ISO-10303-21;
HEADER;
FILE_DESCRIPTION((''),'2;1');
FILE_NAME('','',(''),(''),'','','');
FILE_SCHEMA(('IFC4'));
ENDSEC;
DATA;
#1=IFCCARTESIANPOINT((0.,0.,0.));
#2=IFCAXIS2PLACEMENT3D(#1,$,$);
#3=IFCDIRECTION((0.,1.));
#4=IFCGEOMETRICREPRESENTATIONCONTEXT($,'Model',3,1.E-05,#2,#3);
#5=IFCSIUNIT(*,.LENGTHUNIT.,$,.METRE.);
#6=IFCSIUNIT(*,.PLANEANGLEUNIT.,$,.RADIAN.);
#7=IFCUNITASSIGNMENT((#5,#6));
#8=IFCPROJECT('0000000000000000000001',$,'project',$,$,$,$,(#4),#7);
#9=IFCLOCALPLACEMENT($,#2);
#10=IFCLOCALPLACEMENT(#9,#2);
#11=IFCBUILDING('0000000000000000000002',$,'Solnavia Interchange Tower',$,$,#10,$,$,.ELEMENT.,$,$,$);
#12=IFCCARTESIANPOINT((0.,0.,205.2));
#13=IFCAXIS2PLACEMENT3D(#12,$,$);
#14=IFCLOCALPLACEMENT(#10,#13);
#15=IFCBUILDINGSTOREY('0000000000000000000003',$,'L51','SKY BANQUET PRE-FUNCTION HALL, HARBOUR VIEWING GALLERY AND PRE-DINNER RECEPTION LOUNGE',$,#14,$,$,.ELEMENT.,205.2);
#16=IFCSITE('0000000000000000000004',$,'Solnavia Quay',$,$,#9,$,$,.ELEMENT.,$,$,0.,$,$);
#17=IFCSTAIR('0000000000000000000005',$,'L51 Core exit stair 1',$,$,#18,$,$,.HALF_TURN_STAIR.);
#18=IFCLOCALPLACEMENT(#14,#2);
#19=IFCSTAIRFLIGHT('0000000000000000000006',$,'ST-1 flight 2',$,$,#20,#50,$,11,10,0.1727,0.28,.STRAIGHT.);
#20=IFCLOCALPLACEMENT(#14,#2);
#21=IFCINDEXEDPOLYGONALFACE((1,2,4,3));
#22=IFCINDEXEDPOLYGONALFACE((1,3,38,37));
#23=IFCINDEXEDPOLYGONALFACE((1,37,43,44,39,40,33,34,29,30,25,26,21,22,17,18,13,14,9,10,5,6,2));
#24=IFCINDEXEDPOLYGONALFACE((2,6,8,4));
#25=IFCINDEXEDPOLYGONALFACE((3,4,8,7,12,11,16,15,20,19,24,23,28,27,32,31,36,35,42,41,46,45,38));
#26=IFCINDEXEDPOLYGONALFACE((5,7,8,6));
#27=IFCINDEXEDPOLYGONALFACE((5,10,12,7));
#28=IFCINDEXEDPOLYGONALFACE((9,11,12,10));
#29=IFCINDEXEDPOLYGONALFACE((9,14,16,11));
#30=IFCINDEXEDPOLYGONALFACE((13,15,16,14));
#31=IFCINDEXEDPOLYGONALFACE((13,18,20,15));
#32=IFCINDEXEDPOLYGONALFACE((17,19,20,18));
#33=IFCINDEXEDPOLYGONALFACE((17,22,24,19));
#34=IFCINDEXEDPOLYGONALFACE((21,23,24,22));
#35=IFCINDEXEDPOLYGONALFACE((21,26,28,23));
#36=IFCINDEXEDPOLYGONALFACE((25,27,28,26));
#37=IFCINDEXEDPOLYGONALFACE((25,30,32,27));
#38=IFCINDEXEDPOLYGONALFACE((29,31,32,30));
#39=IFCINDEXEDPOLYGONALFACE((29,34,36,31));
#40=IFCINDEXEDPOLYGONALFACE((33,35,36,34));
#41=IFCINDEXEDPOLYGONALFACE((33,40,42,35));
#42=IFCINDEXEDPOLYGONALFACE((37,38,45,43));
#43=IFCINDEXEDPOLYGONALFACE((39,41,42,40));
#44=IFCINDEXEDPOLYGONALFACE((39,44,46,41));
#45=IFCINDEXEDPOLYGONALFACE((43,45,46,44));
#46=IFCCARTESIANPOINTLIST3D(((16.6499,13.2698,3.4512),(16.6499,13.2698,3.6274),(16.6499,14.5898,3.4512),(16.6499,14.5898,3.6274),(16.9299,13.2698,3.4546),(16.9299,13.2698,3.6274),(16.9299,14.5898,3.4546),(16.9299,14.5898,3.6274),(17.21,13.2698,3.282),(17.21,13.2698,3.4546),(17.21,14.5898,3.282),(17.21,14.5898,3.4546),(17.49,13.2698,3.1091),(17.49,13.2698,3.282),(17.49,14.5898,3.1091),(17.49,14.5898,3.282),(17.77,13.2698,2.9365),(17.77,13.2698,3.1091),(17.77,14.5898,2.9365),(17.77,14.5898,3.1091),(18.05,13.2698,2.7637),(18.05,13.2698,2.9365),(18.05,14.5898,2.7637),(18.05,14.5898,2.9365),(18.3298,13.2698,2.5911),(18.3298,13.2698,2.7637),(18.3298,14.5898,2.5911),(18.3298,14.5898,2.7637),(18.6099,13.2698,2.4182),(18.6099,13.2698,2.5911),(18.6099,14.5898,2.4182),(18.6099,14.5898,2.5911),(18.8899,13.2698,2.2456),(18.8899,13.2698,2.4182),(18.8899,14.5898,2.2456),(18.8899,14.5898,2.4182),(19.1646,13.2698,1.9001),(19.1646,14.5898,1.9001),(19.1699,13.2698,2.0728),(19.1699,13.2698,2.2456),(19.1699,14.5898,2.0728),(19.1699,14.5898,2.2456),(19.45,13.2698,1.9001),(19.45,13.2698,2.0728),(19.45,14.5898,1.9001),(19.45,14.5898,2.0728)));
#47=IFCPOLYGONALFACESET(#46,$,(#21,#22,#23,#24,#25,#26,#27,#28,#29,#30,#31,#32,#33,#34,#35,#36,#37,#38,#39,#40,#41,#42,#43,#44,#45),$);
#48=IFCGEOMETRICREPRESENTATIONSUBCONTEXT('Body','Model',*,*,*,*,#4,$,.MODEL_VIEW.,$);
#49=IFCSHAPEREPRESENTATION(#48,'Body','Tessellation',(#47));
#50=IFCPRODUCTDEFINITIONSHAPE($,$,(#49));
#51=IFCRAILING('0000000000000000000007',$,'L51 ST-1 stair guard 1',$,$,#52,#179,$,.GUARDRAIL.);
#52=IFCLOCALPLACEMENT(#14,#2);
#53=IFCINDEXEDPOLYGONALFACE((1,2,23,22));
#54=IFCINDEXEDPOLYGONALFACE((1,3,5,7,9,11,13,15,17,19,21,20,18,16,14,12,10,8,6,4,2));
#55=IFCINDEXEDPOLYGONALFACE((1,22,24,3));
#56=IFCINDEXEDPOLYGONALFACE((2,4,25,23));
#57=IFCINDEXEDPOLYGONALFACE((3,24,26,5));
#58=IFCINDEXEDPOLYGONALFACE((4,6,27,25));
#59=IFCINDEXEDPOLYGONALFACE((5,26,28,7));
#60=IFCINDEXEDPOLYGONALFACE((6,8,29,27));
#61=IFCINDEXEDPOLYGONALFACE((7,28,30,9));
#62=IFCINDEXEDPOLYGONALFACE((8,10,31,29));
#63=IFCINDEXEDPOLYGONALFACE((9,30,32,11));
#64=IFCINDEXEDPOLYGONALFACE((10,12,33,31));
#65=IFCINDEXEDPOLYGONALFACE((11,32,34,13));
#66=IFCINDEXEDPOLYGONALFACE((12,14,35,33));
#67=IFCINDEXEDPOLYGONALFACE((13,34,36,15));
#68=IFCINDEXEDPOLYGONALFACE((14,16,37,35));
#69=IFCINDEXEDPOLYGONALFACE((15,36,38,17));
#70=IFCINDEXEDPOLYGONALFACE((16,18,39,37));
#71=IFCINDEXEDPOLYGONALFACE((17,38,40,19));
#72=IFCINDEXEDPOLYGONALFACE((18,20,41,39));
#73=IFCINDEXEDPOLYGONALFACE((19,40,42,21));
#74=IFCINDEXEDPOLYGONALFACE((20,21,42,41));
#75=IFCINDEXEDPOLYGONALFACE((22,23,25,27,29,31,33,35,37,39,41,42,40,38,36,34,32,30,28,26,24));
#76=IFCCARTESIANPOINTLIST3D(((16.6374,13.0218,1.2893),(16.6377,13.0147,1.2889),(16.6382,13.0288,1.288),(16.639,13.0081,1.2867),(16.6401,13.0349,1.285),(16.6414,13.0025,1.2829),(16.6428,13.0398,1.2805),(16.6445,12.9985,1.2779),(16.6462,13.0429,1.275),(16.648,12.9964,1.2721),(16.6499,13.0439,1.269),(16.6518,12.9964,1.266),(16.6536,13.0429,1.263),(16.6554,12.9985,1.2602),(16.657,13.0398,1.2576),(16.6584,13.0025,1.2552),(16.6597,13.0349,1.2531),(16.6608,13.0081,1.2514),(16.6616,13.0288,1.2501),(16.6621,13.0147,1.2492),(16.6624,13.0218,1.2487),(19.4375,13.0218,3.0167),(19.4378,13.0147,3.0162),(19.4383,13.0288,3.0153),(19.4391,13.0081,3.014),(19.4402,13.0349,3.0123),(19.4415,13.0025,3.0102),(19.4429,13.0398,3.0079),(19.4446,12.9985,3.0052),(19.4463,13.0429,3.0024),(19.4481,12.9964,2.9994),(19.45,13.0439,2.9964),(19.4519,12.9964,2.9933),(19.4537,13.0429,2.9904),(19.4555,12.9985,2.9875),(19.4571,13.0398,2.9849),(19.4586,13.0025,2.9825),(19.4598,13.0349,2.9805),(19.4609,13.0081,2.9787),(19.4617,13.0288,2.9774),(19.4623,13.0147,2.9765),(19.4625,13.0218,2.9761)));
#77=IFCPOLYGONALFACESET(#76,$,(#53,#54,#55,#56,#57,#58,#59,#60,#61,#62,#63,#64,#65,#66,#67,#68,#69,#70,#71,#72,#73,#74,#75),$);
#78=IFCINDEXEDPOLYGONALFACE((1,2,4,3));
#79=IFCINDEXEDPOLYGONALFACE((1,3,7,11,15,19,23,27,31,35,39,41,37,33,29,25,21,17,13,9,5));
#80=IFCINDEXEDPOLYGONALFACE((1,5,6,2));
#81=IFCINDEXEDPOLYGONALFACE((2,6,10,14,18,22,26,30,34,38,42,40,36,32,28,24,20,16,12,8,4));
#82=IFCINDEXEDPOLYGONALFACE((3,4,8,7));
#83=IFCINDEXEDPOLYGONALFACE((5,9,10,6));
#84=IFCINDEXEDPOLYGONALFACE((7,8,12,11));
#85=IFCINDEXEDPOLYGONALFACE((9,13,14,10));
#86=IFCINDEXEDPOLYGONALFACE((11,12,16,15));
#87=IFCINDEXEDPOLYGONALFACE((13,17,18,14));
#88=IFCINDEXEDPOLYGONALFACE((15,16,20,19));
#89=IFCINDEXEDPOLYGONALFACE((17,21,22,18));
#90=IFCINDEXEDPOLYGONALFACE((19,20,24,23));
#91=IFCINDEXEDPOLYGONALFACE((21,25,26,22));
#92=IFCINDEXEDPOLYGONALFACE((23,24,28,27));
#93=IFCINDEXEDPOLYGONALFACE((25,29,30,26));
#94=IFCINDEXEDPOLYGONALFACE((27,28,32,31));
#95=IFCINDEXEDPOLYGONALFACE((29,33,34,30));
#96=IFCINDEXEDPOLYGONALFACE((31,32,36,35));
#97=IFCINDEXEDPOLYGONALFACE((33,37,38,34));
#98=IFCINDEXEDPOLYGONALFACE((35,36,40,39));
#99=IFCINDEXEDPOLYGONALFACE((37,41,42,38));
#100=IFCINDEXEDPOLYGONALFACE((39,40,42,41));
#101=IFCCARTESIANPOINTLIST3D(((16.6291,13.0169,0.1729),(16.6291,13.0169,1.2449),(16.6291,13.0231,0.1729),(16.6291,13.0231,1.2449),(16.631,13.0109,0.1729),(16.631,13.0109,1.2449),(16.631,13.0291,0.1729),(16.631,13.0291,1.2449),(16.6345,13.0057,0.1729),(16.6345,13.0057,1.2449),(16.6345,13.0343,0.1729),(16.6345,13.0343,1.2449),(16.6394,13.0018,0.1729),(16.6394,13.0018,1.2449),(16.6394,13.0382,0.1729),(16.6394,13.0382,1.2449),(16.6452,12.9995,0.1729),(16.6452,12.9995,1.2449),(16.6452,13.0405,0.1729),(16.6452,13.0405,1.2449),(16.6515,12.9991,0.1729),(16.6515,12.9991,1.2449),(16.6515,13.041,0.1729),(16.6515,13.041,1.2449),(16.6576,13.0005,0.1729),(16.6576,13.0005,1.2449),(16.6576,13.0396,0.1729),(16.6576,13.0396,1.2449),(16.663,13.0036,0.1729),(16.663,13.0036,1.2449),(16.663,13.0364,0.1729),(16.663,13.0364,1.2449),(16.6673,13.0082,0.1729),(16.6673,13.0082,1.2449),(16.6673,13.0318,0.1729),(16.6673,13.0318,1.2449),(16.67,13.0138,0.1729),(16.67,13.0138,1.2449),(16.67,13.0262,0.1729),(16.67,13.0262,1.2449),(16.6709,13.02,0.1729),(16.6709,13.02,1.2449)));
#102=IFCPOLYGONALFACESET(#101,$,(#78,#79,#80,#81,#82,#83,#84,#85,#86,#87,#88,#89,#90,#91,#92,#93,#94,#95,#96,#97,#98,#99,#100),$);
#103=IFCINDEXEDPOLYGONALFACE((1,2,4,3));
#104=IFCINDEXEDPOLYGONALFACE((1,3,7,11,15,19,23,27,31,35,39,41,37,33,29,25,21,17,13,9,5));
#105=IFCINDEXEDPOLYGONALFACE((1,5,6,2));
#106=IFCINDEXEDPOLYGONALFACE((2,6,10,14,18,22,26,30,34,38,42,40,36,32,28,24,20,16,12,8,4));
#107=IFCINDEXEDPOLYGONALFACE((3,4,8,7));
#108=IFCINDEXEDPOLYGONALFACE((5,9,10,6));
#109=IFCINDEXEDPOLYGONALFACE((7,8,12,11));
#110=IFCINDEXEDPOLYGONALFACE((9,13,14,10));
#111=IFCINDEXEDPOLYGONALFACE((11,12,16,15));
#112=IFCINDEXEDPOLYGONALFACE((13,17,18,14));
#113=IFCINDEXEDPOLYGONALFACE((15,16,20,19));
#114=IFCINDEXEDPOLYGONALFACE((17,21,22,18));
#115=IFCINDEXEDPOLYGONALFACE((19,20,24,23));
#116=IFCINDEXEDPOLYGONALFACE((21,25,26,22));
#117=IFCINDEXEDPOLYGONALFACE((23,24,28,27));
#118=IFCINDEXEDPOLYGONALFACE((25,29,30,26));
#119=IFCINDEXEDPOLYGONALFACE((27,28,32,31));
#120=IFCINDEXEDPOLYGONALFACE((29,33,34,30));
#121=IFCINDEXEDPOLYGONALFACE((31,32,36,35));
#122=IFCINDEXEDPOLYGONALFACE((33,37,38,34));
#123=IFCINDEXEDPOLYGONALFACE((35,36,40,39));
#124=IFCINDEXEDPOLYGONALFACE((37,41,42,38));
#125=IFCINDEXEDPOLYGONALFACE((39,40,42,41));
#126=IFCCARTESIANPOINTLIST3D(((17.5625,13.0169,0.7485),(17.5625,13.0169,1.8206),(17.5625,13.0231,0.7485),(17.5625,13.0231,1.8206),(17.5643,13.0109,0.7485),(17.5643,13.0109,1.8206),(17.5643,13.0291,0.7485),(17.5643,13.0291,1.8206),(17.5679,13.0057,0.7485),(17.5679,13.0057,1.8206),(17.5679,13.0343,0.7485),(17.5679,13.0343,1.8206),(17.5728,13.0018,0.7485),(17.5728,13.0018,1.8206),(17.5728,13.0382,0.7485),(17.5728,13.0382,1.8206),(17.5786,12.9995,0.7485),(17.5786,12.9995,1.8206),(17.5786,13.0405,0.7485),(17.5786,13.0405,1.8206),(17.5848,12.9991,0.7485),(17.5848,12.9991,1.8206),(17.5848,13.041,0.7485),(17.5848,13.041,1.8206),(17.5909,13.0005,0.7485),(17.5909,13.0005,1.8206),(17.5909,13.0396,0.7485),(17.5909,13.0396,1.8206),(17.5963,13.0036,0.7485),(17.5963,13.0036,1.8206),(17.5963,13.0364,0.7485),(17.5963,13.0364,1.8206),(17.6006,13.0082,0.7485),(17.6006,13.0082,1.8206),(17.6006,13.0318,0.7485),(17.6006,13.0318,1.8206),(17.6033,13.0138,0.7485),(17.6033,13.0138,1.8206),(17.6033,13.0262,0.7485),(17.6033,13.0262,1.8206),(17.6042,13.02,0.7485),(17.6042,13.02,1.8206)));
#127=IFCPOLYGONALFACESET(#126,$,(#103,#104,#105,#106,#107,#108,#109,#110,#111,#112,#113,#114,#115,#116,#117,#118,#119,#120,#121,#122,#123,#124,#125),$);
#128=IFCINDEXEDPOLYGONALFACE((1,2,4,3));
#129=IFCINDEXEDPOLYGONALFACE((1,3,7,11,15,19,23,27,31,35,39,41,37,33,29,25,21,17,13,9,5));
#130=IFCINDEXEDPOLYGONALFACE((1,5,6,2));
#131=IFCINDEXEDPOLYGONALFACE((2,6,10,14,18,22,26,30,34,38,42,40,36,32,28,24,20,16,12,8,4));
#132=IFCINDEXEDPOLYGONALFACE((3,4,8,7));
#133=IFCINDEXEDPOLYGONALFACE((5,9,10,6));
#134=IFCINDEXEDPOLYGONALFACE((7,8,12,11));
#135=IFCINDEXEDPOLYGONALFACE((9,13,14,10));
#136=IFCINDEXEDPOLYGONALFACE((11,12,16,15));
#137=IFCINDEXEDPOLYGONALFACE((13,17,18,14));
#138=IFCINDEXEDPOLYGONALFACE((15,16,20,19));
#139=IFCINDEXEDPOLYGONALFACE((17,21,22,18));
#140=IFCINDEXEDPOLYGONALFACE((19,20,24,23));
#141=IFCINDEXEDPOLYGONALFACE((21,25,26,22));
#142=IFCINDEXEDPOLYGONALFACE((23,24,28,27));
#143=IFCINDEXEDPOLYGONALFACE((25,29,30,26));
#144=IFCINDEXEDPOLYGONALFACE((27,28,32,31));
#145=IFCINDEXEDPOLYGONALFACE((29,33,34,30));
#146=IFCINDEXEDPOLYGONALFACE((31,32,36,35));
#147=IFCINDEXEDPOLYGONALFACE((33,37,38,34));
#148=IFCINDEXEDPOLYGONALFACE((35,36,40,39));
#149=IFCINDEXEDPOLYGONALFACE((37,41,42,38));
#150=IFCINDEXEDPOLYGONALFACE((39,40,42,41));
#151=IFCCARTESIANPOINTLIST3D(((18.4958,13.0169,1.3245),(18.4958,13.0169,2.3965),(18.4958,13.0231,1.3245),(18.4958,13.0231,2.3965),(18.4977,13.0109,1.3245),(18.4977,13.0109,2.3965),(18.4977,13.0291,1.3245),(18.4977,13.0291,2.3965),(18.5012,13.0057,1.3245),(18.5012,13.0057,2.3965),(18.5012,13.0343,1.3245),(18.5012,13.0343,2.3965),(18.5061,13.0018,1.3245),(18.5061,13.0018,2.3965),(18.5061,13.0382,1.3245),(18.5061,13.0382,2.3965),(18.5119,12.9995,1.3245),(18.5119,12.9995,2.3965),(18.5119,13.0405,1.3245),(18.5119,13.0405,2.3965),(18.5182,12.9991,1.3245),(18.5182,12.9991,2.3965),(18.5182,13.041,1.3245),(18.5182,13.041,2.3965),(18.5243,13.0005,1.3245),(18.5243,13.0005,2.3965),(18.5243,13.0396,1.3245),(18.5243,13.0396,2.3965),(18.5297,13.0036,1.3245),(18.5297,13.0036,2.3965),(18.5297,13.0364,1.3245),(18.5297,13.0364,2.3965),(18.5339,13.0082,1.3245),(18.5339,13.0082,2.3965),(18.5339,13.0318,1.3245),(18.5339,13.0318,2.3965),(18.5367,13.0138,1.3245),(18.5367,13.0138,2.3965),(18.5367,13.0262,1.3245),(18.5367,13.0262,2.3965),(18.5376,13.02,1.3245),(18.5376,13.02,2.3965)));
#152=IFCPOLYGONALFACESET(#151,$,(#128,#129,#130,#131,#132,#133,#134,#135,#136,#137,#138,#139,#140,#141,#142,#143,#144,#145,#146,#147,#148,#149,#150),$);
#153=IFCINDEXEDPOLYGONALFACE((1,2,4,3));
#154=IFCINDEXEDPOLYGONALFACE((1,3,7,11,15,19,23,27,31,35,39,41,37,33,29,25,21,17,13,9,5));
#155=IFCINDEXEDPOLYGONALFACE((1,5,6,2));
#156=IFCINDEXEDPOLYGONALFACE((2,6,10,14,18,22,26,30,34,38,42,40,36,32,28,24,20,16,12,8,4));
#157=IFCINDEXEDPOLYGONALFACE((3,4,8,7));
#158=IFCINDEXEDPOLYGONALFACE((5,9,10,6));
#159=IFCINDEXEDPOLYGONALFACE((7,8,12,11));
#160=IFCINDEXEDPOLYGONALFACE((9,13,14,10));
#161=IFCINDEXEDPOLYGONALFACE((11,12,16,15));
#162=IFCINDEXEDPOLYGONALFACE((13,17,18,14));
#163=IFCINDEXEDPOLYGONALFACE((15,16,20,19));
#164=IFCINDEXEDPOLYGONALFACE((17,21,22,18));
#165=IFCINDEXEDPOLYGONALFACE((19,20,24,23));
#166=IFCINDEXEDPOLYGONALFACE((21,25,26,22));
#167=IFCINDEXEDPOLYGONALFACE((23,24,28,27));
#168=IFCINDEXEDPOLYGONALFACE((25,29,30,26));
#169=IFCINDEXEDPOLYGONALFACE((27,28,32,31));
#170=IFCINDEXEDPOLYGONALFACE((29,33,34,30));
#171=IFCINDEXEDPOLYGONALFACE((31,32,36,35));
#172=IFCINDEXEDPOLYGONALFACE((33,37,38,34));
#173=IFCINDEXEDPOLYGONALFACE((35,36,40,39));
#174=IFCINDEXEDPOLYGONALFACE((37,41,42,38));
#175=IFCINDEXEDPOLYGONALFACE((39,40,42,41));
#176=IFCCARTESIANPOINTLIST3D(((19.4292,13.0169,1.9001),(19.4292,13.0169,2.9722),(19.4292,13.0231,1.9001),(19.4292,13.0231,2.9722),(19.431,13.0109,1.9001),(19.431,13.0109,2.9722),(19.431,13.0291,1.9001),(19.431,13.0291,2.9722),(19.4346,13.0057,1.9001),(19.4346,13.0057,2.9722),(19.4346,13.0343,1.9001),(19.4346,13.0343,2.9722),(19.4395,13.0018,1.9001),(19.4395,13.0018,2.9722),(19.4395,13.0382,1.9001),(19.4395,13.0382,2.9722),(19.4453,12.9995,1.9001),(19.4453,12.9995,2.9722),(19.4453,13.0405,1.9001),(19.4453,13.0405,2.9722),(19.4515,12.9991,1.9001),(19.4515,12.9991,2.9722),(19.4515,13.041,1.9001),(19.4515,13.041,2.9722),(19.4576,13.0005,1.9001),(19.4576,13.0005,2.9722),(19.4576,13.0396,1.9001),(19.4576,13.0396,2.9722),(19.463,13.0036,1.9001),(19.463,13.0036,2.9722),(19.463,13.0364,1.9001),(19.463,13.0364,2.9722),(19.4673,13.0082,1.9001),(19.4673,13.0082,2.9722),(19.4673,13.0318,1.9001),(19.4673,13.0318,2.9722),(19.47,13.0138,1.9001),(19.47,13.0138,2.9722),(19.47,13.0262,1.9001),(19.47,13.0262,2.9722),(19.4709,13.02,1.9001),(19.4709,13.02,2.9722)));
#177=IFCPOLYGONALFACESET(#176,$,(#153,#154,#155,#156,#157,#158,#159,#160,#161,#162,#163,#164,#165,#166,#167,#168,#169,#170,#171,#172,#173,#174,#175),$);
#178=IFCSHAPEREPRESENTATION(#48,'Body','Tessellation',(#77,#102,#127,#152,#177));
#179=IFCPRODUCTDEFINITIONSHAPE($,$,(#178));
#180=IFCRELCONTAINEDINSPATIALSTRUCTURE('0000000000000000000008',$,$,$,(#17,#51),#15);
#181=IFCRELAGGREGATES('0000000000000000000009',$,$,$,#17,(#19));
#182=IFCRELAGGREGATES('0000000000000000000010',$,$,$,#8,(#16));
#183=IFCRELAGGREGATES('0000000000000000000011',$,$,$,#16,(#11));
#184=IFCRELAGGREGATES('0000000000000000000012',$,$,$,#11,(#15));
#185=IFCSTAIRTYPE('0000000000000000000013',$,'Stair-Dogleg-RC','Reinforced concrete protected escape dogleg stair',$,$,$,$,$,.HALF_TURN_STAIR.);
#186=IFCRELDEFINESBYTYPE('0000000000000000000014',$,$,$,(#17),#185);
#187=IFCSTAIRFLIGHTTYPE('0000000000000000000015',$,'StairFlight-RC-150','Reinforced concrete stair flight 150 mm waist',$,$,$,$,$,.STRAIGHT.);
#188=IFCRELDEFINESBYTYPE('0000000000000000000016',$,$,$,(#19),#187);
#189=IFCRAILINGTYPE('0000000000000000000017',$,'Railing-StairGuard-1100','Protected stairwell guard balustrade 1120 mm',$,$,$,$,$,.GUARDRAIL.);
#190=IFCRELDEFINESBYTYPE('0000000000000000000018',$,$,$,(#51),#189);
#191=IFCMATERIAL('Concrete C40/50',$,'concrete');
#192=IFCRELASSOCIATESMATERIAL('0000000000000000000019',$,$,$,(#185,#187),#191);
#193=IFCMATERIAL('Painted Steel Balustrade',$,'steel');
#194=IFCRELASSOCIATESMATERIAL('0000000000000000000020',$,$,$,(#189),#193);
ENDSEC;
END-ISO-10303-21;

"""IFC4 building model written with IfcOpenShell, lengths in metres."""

from ifc_helpers import new_model, si_unit, direction, frame, origin, origin_2d, place, context, subcontext, project, spatial, polyline, circle, outline, extrude, material, type_object, element, aggregate, save


model = new_model("IFC4")

# Units and contexts
model_context = context("Model", 3, precision=1e-05, world=origin(), true_north=direction((0.0, 1.0)))
body_context = subcontext(model_context, "Body", "Model", "MODEL_VIEW")
ifc_project = project(units=[si_unit("LENGTHUNIT", "METRE"), si_unit("PLANEANGLEUNIT", "RADIAN")], contexts=[model_context])

# Site, building, storey
site_placement = place(None, origin())
site = spatial("IfcSite", under=ifc_project, at=site_placement, Name="Solnavia Quay", CompositionType="ELEMENT", RefElevation=0.0)
building_placement = place(site_placement, origin())
building = spatial("IfcBuilding", under=site, at=building_placement, Name="Solnavia Interchange Tower", CompositionType="ELEMENT")
storey_placement = place(building_placement, frame((0.0, 0.0, 205.2)))
storey = spatial("IfcBuildingStorey", under=building, at=storey_placement, Name="L51", Description="SKY BANQUET PRE-FUNCTION HALL, HARBOUR VIEWING GALLERY AND PRE-DINNER RECEPTION LOUNGE", CompositionType="ELEMENT", Elevation=205.2)

# Shared definitions
ifc_material_1 = material(Name="Concrete C40/50", Category="concrete")

# Stair, stair flight
stair_type = type_object("IfcStairType", Name="Stair-Dogleg-RC", Description="Reinforced concrete protected escape dogleg stair", PredefinedType="HALF_TURN_STAIR", material=ifc_material_1)
stair_placement = place(storey_placement, origin())
stair = element("IfcStair", 1, at=stair_placement, inside=storey, type_object=stair_type, Name="L51 Core exit stair 1", PredefinedType="HALF_TURN_STAIR")
stair_flight_type = type_object("IfcStairFlightType", Name="StairFlight-RC-150", Description="Reinforced concrete stair flight 150 mm waist", PredefinedType="STRAIGHT", material=ifc_material_1)
stair_flight_1_placement = place(storey_placement, frame((19.45, 13.9299, 1.9001), z_axis=(0.0, 0.0, 1.0), x_axis=(-1.0, 0.0, 0.0)))
stair_flight_1 = element("IfcStairFlight", 2, at=stair_flight_1_placement, type_object=stair_flight_type, Name="ST-1 flight 2", NumberOfRisers=11, NumberOfTreads=10, PredefinedType="STRAIGHT", RiserHeight=0.1727, TreadLength=0.28, context=body_context, shape_type="SweptSolid", body=[
    extrude(outline(polyline([(0.0, 0.0), (0.0, 0.1726), (0.28, 0.1726), (0.28, 0.3455), (0.5601, 0.3455), (0.5601, 0.5181), (0.8401, 0.5181), (0.8401, 0.6909), (1.1201, 0.6909), (1.1201, 0.8635), (1.3999, 0.8635), (1.3999, 1.0364), (1.6799, 1.0364), (1.6799, 1.209), (1.96, 1.209), (1.96, 1.3818), (2.24, 1.3818), (2.24, 1.5544), (2.52, 1.5544), (2.52, 1.7273), (2.8, 1.7273), (2.8, 1.8999), (2.8, 1.551), (0.2854, 0.0), (0.0, 0.0)])), frame((0.0, 0.6602, 0.0), z_axis=(0.0, -1.0, 0.0), x_axis=(1.0, 0.0, 0.0)), (0.0, 0.0, 1.0), 1.3201),
])
aggregate(stair, [stair_flight_1])

# Railing
ifc_material_2 = material(Name="Painted Steel Balustrade", Category="steel")
railing_type_1 = type_object("IfcRailingType", Name="Railing-StairGuard-1100", Description="Protected stairwell guard balustrade 1120 mm", PredefinedType="GUARDRAIL", material=ifc_material_2)
railing_1_placement = place(storey_placement, frame((16.6499, 13.02, 0.1729)))
element("IfcRailing", 3, at=railing_1_placement, inside=storey, type_object=railing_type_1, Name="L51 ST-1 stair guard 1", PredefinedType="GUARDRAIL", context=body_context, shape_type="SweptSolid", body=[
    extrude(circle(Radius=0.0239, at=origin_2d()), frame((0.0, 0.0, 1.0962), z_axis=(0.85109, 0.0, 0.52502), x_axis=(0.0, 1.0, 0.0)), (0.0, 0.0, 1.0), 3.29),
    extrude(circle(Radius=0.021, at=origin_2d()), origin(), (0.0, 0.0, 1.0), 1.072),
    extrude(circle(Radius=0.021, at=origin_2d()), frame((0.9333, 0.0, 0.5757)), (0.0, 0.0, 1.0), 1.072),
    extrude(circle(Radius=0.021, at=origin_2d()), frame((1.8667, 0.0, 1.1516)), (0.0, 0.0, 1.0), 1.072),
    extrude(circle(Radius=0.021, at=origin_2d()), frame((2.8, 0.0, 1.7273)), (0.0, 0.0, 1.0), 1.072),
])

save(model, "model.ifc")
